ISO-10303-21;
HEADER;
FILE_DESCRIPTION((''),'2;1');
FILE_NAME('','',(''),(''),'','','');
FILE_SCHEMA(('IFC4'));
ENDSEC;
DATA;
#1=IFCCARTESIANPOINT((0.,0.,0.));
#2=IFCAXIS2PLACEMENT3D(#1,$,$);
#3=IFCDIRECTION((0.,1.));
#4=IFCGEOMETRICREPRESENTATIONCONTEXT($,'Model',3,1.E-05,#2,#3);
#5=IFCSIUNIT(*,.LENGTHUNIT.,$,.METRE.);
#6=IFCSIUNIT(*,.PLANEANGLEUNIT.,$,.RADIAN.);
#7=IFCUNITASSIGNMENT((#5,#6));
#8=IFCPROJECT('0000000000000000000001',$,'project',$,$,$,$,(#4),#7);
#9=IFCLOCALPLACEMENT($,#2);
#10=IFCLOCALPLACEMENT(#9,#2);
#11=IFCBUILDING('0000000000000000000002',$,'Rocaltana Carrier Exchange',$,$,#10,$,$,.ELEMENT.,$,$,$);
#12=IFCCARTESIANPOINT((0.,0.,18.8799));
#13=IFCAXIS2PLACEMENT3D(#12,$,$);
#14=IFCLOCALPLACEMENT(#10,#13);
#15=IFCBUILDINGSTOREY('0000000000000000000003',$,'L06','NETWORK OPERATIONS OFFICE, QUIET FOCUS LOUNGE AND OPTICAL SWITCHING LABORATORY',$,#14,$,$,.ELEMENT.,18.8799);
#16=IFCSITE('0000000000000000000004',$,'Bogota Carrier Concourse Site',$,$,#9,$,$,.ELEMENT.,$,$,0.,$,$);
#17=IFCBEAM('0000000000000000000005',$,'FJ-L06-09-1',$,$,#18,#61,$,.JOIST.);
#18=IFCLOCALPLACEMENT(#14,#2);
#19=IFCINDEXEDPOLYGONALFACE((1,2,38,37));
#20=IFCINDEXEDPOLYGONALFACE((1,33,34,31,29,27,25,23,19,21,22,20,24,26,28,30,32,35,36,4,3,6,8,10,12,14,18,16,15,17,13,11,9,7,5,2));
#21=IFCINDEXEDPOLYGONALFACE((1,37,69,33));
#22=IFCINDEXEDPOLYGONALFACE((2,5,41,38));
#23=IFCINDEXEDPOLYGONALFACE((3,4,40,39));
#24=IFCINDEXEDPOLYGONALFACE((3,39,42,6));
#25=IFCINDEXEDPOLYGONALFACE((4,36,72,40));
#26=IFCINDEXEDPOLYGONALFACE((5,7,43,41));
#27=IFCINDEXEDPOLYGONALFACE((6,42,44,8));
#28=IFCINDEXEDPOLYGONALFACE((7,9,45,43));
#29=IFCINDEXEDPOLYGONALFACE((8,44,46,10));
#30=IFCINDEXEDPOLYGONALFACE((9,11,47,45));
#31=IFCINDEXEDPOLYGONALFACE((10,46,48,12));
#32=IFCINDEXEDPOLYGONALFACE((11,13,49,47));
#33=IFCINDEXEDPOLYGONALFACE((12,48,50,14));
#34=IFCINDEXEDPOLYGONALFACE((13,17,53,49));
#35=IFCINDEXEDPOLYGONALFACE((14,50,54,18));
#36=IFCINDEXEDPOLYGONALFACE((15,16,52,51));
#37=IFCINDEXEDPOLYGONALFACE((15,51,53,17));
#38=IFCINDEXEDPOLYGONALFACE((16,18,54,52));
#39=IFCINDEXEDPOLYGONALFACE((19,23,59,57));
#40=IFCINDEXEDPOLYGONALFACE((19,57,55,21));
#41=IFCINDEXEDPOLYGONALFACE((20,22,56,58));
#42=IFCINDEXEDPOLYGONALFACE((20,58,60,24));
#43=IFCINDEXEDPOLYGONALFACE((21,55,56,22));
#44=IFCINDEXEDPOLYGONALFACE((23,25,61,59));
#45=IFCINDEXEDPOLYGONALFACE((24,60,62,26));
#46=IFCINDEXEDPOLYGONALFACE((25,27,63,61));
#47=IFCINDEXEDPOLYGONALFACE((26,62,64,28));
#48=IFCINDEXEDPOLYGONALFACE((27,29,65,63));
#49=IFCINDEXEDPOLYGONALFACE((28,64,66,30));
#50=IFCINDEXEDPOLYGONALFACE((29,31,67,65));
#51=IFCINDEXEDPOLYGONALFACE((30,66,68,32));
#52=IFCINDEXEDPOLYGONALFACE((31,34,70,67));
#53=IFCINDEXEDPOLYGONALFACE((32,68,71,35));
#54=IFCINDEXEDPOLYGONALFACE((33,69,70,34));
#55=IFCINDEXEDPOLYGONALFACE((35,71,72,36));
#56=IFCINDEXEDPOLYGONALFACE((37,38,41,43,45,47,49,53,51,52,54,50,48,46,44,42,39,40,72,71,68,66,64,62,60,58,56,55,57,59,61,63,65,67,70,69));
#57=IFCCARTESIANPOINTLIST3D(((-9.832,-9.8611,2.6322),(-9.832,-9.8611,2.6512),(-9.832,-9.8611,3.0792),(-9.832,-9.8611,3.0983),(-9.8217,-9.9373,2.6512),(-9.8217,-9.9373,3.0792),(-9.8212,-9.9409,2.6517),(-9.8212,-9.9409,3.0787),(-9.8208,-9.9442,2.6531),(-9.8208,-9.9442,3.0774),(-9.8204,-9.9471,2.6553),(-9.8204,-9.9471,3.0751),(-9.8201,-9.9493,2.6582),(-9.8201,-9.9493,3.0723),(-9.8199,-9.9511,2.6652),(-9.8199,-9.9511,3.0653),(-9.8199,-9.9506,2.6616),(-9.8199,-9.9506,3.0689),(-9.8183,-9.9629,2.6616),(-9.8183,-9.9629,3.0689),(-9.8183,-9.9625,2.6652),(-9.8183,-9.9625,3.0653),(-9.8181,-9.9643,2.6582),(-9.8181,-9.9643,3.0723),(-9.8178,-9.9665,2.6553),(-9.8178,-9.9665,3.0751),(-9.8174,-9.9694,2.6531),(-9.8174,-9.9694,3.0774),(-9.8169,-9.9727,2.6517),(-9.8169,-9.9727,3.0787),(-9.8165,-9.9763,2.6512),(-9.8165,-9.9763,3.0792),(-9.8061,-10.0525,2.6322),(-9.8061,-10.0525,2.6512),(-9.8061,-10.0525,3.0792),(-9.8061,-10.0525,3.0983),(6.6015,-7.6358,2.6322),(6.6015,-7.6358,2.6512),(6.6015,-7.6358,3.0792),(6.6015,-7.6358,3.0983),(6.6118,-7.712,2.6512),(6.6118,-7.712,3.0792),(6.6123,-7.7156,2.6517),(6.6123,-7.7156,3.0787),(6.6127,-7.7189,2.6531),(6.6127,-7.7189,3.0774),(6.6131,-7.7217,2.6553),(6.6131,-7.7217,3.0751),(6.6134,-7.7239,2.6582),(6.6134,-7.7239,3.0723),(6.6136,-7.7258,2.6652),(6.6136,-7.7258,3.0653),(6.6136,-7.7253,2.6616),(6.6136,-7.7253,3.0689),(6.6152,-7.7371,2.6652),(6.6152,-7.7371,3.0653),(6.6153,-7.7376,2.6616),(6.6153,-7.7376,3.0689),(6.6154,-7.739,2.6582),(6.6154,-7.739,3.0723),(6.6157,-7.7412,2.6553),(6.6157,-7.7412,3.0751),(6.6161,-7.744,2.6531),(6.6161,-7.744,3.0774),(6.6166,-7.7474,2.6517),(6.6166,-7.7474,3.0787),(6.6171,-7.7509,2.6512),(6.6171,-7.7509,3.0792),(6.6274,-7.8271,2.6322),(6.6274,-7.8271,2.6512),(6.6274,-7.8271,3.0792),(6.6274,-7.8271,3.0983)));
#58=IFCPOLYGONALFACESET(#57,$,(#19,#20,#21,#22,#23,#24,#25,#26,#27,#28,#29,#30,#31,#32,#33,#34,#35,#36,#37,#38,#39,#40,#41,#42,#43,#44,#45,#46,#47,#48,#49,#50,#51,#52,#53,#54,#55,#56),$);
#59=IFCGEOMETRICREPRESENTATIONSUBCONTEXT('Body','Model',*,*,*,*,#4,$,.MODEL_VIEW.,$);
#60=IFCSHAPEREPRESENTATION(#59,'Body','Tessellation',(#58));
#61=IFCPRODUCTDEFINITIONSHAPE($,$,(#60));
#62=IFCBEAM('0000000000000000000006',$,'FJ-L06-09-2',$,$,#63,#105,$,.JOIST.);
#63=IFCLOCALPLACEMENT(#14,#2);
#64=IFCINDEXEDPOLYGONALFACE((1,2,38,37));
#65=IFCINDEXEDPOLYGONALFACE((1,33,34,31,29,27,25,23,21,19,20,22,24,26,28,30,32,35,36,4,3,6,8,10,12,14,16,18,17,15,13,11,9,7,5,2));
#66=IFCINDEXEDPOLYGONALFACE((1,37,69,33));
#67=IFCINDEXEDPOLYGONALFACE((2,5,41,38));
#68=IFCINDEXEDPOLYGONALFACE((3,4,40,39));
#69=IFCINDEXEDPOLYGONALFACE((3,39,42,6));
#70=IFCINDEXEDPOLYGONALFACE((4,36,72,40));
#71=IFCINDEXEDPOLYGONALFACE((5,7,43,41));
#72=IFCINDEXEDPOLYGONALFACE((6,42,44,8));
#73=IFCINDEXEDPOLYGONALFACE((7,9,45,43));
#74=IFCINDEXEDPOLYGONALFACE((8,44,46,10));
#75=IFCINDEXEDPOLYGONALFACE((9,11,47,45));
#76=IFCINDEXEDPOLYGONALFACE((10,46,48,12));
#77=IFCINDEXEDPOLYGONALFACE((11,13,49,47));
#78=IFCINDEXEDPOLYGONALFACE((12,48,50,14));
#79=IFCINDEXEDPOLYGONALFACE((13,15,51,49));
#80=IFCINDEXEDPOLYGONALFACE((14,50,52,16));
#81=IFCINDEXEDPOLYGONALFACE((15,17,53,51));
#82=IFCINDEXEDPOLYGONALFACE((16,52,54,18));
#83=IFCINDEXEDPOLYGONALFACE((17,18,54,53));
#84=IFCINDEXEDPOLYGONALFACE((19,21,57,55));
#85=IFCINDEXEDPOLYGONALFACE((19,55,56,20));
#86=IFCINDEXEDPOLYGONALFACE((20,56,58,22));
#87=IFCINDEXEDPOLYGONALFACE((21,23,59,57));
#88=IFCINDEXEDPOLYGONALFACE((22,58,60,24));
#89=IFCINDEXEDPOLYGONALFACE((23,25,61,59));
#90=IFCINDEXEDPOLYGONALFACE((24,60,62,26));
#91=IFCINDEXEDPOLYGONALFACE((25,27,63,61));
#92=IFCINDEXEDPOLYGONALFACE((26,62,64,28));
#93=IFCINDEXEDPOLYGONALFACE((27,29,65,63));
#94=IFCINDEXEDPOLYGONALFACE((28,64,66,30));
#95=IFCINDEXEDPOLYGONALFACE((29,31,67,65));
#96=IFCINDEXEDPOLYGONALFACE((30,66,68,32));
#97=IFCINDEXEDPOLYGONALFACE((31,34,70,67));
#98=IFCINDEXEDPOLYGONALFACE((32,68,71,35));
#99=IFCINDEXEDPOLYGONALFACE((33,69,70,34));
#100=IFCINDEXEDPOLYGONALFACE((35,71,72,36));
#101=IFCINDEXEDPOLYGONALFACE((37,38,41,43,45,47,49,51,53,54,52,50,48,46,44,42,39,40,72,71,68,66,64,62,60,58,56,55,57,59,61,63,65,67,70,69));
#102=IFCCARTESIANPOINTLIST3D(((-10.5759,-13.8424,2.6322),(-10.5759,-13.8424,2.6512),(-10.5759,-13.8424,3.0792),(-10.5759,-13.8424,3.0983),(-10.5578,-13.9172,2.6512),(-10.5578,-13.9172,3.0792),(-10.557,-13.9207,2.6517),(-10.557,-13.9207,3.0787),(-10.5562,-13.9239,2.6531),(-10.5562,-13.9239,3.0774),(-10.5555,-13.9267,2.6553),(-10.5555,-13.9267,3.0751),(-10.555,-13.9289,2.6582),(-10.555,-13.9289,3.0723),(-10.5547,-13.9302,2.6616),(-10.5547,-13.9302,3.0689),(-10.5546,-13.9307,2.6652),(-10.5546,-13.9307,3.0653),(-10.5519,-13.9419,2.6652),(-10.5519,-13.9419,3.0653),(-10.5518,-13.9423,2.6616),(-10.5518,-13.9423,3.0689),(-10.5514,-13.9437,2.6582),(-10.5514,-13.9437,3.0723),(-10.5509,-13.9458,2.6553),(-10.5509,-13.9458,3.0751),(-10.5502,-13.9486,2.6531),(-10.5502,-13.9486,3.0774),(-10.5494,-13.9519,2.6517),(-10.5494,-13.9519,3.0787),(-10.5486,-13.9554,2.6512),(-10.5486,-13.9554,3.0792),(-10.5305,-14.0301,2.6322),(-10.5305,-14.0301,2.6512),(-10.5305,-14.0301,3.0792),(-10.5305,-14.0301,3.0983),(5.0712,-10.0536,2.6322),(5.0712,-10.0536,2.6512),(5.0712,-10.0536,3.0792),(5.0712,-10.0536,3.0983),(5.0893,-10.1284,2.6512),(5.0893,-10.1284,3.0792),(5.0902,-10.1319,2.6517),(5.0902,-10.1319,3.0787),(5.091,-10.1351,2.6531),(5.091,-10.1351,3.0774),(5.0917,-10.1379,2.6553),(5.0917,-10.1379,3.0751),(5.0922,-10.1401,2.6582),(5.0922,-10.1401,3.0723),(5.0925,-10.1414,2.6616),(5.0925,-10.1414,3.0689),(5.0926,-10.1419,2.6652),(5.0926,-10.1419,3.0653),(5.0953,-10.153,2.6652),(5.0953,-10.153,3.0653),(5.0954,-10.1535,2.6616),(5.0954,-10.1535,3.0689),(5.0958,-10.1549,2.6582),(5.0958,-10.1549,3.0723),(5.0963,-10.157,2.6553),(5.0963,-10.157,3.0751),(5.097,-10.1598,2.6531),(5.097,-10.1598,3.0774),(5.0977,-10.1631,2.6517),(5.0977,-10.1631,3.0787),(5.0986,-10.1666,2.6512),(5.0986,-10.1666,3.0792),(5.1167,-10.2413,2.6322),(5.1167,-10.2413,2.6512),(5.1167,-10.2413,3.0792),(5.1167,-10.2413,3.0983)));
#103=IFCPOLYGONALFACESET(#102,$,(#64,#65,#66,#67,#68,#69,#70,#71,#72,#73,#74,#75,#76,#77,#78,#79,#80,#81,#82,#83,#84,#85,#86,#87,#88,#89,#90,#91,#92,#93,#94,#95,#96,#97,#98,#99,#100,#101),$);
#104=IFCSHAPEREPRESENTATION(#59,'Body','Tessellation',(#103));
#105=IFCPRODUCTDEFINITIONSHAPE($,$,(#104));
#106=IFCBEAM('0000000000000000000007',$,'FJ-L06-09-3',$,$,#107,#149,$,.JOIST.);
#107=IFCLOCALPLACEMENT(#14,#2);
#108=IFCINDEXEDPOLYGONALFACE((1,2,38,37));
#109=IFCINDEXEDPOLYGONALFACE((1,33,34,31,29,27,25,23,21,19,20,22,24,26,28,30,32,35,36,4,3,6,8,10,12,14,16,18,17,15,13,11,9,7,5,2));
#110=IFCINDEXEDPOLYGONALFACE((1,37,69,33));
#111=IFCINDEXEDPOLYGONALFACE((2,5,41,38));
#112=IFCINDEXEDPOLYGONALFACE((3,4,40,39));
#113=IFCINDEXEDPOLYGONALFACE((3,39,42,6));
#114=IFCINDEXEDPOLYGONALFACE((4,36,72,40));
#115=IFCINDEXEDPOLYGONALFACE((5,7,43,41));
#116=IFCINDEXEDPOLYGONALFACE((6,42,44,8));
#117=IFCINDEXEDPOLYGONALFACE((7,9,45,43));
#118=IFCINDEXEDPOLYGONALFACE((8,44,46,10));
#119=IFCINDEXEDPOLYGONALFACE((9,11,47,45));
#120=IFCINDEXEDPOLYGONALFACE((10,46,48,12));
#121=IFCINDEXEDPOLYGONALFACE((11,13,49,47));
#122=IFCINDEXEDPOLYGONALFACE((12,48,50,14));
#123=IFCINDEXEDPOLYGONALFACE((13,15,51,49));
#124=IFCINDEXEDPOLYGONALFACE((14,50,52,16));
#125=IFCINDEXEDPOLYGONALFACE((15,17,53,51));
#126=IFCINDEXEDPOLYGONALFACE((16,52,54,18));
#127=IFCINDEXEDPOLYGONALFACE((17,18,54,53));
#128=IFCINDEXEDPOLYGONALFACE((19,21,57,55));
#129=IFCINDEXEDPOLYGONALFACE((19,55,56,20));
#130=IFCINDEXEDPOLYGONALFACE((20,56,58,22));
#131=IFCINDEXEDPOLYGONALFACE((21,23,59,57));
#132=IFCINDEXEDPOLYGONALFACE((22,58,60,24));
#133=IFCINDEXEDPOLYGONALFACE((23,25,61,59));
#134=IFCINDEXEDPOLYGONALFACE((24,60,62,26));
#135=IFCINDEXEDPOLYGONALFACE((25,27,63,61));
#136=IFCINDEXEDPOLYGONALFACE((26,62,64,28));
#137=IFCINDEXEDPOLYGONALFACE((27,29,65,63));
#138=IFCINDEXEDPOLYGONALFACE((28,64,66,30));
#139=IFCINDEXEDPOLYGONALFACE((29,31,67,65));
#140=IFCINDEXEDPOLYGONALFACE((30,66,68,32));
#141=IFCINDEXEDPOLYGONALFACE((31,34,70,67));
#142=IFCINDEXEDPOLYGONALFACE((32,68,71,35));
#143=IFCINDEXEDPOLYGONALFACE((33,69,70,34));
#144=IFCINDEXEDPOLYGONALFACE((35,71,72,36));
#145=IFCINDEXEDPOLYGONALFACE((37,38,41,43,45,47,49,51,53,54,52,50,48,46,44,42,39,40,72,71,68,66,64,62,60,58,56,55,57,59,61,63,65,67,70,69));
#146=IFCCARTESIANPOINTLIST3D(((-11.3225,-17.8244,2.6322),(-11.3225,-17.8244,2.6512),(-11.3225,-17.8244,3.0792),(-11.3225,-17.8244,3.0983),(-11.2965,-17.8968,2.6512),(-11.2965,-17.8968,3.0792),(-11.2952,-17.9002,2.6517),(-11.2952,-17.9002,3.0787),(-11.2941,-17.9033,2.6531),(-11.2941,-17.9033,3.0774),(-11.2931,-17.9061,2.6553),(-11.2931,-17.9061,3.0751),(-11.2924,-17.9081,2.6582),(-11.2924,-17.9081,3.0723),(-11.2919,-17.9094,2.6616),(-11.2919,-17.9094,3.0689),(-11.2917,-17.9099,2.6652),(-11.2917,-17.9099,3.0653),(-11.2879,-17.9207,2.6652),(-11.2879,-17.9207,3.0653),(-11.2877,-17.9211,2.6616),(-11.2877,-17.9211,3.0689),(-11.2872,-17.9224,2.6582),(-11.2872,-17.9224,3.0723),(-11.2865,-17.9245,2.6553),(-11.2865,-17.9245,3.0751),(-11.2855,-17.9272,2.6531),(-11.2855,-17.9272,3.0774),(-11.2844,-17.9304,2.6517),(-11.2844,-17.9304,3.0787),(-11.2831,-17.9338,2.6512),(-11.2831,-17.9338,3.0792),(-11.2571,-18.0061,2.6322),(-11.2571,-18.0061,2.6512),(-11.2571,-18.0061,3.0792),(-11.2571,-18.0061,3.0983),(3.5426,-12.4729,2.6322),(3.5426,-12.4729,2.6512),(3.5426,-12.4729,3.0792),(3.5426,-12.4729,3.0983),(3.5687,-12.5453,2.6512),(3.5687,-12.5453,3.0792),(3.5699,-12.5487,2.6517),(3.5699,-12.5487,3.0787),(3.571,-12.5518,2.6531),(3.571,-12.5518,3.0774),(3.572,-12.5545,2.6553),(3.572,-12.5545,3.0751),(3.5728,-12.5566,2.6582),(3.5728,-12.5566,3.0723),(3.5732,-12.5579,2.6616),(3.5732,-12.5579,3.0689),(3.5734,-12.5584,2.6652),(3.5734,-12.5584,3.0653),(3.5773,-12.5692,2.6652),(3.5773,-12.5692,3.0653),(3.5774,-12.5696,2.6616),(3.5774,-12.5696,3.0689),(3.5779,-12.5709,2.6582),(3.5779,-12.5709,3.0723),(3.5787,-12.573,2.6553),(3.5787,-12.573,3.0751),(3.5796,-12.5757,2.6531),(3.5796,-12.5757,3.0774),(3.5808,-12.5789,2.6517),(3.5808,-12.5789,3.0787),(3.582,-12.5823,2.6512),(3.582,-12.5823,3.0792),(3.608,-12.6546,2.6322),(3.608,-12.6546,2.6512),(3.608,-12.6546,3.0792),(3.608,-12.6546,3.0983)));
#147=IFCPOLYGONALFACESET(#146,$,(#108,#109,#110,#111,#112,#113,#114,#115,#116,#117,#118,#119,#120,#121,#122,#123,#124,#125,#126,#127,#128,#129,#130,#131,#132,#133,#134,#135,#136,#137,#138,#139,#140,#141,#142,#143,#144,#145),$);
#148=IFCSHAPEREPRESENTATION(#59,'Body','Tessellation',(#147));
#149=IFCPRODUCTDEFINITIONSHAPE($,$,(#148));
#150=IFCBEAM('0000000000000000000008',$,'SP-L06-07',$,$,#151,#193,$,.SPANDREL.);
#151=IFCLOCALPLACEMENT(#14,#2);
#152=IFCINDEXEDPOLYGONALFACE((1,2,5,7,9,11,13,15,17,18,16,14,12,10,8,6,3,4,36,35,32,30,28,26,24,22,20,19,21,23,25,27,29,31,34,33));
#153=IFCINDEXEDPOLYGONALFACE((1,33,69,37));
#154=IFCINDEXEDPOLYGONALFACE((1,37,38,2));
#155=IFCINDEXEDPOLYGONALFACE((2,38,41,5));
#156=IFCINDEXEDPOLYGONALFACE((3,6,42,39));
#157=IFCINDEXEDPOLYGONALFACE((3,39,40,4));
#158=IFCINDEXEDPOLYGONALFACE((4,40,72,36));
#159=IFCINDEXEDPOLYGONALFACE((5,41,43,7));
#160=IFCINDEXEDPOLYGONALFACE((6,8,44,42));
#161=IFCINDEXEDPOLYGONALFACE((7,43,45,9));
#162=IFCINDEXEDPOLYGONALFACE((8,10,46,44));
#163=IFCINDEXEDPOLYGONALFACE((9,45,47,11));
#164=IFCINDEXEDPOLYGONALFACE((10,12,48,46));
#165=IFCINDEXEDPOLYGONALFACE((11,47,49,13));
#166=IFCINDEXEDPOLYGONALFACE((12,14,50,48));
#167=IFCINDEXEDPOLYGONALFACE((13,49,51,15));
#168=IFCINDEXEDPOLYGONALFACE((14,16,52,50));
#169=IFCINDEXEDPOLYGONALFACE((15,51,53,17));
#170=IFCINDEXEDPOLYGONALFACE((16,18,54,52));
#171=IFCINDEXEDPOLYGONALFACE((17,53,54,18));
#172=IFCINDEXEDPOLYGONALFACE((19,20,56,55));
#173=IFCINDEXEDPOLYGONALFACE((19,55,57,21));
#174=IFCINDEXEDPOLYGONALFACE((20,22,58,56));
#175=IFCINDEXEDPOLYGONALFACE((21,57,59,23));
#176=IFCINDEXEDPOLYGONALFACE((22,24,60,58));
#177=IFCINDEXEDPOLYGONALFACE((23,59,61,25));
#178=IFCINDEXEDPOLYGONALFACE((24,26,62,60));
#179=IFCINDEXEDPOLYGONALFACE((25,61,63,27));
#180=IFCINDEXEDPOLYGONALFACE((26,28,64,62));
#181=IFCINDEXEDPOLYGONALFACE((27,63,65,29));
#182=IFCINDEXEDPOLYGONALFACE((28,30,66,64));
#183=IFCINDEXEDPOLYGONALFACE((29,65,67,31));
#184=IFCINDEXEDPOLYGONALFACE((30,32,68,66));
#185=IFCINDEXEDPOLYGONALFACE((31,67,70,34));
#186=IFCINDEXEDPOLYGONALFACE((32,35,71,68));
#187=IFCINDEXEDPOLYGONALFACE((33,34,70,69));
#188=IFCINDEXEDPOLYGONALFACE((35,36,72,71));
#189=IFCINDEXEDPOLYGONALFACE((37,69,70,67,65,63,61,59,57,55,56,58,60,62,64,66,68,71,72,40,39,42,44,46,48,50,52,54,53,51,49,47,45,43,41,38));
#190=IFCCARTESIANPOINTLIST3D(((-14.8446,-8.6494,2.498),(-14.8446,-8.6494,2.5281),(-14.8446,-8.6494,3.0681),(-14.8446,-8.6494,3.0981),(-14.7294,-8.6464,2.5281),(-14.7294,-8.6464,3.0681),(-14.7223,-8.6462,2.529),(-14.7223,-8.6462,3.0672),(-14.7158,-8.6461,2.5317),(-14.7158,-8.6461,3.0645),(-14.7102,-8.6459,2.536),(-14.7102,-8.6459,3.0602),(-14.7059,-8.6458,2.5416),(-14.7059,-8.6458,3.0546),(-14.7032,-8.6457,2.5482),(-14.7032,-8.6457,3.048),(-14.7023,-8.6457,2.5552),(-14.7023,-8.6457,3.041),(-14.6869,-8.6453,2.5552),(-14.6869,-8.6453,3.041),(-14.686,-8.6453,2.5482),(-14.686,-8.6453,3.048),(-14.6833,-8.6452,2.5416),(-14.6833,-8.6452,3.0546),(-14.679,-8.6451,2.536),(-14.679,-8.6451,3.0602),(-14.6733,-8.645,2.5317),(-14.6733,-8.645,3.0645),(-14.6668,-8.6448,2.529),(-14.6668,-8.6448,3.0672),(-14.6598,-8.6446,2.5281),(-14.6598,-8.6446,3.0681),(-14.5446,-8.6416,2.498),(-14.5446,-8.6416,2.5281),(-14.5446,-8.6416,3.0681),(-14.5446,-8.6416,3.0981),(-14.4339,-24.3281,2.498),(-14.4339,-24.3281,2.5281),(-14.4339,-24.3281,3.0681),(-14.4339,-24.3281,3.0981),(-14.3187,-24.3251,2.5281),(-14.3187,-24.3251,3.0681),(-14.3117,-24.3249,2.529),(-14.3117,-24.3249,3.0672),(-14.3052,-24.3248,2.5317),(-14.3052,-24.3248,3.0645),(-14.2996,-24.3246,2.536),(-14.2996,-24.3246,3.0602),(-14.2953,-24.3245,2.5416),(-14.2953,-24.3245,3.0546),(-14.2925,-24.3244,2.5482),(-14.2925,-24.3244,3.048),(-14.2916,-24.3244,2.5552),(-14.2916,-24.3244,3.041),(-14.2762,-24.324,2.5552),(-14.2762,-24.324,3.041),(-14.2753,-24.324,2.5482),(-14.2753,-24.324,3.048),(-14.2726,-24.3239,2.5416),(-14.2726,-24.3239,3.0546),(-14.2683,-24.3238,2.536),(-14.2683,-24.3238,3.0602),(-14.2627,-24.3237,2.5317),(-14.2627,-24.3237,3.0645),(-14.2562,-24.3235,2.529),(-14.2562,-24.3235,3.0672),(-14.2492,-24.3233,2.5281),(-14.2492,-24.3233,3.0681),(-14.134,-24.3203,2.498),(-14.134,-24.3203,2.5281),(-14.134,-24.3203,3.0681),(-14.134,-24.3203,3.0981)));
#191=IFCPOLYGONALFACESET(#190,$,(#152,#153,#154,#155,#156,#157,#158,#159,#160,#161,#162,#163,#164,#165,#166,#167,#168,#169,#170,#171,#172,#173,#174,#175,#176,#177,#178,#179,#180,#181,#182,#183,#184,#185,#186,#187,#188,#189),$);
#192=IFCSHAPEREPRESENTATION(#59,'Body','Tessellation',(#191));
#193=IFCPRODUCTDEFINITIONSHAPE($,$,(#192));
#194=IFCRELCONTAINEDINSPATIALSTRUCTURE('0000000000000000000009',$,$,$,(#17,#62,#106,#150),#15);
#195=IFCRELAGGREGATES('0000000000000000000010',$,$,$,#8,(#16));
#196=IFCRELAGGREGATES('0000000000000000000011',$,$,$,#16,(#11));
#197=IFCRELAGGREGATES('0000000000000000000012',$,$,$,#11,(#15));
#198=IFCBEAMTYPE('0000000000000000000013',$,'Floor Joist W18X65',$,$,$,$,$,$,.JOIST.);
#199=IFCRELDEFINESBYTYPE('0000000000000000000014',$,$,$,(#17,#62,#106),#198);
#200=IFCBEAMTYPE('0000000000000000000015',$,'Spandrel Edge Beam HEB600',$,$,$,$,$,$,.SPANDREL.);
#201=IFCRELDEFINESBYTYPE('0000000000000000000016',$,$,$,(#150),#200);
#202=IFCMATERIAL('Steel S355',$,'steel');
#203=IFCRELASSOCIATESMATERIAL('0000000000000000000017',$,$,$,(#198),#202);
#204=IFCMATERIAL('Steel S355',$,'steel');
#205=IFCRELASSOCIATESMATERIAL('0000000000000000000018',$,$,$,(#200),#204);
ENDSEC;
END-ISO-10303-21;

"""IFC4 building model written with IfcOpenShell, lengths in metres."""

from ifc_helpers import new_model, si_unit, direction, frame, origin, origin_2d, place, context, subcontext, project, spatial, i_section, extrude, material, material_profile, profile_set, type_object, element, save


model = new_model("IFC4")

# Units and contexts
model_context = context("Model", 3, precision=1e-05, world=origin(), true_north=direction((0.0, 1.0)))
body_context = subcontext(model_context, "Body", "Model", "MODEL_VIEW")
ifc_project = project(units=[si_unit("LENGTHUNIT", "METRE"), si_unit("PLANEANGLEUNIT", "RADIAN")], contexts=[model_context])

# Site, building, storey
site_placement = place(None, origin())
site = spatial("IfcSite", under=ifc_project, at=site_placement, Name="Bogota Carrier Concourse Site", CompositionType="ELEMENT", RefElevation=0.0)
building_placement = place(site_placement, origin())
building = spatial("IfcBuilding", under=site, at=building_placement, Name="Rocaltana Carrier Exchange", CompositionType="ELEMENT")
storey_placement = place(building_placement, frame((0.0, 0.0, 18.8799)))
storey = spatial("IfcBuildingStorey", under=building, at=storey_placement, Name="L06", Description="NETWORK OPERATIONS OFFICE, QUIET FOCUS LOUNGE AND OPTICAL SWITCHING LABORATORY", CompositionType="ELEMENT", Elevation=18.8799)

# Beams
ifc_material_1 = material(Name="Steel S355", Category="steel")
ifc_material_profile_1 = material_profile(ifc_material_1, i_section(OverallWidth=0.1931, OverallDepth=0.4661, WebThickness=0.0115, FlangeThickness=0.019, FilletRadius=0.0139, at=origin_2d()), Name="W18X65")
ifc_profile_set_1 = profile_set([ifc_material_profile_1], Name="Steel S355")
beam_type_1 = type_object("IfcBeamType", Name="Floor Joist W18X65", PredefinedType="JOIST", material=ifc_profile_set_1)
beam_1_placement = place(storey_placement, frame((-9.8191, -9.9568, 2.8652), z_axis=(0.990956, 0.134189, 0.0), x_axis=(-0.134189, 0.990956, 0.0)))
element("IfcBeam", 1, at=beam_1_placement, inside=storey, type_object=beam_type_1, Name="FJ-L06-09-1", PredefinedType="JOIST", context=body_context, shape_type="SweptSolid", body=[
    extrude(i_section(OverallWidth=0.1931, OverallDepth=0.4661, WebThickness=0.0115, FlangeThickness=0.019, FilletRadius=0.0139, at=origin_2d()), origin(), (0.0, 0.0, 1.0), 16.5835),
])
beam_2_placement = place(storey_placement, frame((-10.5532, -13.9363, 2.8652), z_axis=(0.971913, 0.235339, 0.0), x_axis=(-0.235339, 0.971913, 0.0)))
element("IfcBeam", 2, at=beam_2_placement, inside=storey, type_object=beam_type_1, Name="FJ-L06-09-2", PredefinedType="JOIST", context=body_context, shape_type="SweptSolid", body=[
    extrude(i_section(OverallWidth=0.1931, OverallDepth=0.4661, WebThickness=0.0115, FlangeThickness=0.019, FilletRadius=0.0139, at=origin_2d()), origin(), (0.0, 0.0, 1.0), 16.0994),
])
beam_3_placement = place(storey_placement, frame((-11.2898, -17.9153, 2.8652), z_axis=(0.940886, 0.338724, 0.0), x_axis=(-0.338724, 0.940886, 0.0)))
element("IfcBeam", 3, at=beam_3_placement, inside=storey, type_object=beam_type_1, Name="FJ-L06-09-3", PredefinedType="JOIST", context=body_context, shape_type="SweptSolid", body=[
    extrude(i_section(OverallWidth=0.1931, OverallDepth=0.4661, WebThickness=0.0115, FlangeThickness=0.019, FilletRadius=0.0139, at=origin_2d()), origin(), (0.0, 0.0, 1.0), 15.7991),
])
ifc_material_2 = material(Name="Steel S355", Category="steel")
ifc_material_profile_2 = material_profile(ifc_material_2, i_section(OverallWidth=0.3, OverallDepth=0.6001, WebThickness=0.0154, FlangeThickness=0.03, FilletRadius=0.0271, at=origin_2d()), Name="HEB600")
ifc_profile_set_2 = profile_set([ifc_material_profile_2], Name="Steel S355")
beam_type_2 = type_object("IfcBeamType", Name="Spandrel Edge Beam HEB600", PredefinedType="SPANDREL", material=ifc_profile_set_2)
beam_4_placement = place(storey_placement, frame((-14.6946, -8.6455, 2.7981), z_axis=(0.026182, -0.999657, 0.0), x_axis=(0.999657, 0.026182, 0.0)))
element("IfcBeam", 4, at=beam_4_placement, inside=storey, type_object=beam_type_2, Name="SP-L06-07", PredefinedType="SPANDREL", context=body_context, shape_type="SweptSolid", body=[
    extrude(i_section(OverallWidth=0.3, OverallDepth=0.6001, WebThickness=0.0154, FlangeThickness=0.03, FilletRadius=0.0271, at=origin_2d()), origin(), (0.0, 0.0, 1.0), 15.6841),
])

save(model, "model.ifc")
